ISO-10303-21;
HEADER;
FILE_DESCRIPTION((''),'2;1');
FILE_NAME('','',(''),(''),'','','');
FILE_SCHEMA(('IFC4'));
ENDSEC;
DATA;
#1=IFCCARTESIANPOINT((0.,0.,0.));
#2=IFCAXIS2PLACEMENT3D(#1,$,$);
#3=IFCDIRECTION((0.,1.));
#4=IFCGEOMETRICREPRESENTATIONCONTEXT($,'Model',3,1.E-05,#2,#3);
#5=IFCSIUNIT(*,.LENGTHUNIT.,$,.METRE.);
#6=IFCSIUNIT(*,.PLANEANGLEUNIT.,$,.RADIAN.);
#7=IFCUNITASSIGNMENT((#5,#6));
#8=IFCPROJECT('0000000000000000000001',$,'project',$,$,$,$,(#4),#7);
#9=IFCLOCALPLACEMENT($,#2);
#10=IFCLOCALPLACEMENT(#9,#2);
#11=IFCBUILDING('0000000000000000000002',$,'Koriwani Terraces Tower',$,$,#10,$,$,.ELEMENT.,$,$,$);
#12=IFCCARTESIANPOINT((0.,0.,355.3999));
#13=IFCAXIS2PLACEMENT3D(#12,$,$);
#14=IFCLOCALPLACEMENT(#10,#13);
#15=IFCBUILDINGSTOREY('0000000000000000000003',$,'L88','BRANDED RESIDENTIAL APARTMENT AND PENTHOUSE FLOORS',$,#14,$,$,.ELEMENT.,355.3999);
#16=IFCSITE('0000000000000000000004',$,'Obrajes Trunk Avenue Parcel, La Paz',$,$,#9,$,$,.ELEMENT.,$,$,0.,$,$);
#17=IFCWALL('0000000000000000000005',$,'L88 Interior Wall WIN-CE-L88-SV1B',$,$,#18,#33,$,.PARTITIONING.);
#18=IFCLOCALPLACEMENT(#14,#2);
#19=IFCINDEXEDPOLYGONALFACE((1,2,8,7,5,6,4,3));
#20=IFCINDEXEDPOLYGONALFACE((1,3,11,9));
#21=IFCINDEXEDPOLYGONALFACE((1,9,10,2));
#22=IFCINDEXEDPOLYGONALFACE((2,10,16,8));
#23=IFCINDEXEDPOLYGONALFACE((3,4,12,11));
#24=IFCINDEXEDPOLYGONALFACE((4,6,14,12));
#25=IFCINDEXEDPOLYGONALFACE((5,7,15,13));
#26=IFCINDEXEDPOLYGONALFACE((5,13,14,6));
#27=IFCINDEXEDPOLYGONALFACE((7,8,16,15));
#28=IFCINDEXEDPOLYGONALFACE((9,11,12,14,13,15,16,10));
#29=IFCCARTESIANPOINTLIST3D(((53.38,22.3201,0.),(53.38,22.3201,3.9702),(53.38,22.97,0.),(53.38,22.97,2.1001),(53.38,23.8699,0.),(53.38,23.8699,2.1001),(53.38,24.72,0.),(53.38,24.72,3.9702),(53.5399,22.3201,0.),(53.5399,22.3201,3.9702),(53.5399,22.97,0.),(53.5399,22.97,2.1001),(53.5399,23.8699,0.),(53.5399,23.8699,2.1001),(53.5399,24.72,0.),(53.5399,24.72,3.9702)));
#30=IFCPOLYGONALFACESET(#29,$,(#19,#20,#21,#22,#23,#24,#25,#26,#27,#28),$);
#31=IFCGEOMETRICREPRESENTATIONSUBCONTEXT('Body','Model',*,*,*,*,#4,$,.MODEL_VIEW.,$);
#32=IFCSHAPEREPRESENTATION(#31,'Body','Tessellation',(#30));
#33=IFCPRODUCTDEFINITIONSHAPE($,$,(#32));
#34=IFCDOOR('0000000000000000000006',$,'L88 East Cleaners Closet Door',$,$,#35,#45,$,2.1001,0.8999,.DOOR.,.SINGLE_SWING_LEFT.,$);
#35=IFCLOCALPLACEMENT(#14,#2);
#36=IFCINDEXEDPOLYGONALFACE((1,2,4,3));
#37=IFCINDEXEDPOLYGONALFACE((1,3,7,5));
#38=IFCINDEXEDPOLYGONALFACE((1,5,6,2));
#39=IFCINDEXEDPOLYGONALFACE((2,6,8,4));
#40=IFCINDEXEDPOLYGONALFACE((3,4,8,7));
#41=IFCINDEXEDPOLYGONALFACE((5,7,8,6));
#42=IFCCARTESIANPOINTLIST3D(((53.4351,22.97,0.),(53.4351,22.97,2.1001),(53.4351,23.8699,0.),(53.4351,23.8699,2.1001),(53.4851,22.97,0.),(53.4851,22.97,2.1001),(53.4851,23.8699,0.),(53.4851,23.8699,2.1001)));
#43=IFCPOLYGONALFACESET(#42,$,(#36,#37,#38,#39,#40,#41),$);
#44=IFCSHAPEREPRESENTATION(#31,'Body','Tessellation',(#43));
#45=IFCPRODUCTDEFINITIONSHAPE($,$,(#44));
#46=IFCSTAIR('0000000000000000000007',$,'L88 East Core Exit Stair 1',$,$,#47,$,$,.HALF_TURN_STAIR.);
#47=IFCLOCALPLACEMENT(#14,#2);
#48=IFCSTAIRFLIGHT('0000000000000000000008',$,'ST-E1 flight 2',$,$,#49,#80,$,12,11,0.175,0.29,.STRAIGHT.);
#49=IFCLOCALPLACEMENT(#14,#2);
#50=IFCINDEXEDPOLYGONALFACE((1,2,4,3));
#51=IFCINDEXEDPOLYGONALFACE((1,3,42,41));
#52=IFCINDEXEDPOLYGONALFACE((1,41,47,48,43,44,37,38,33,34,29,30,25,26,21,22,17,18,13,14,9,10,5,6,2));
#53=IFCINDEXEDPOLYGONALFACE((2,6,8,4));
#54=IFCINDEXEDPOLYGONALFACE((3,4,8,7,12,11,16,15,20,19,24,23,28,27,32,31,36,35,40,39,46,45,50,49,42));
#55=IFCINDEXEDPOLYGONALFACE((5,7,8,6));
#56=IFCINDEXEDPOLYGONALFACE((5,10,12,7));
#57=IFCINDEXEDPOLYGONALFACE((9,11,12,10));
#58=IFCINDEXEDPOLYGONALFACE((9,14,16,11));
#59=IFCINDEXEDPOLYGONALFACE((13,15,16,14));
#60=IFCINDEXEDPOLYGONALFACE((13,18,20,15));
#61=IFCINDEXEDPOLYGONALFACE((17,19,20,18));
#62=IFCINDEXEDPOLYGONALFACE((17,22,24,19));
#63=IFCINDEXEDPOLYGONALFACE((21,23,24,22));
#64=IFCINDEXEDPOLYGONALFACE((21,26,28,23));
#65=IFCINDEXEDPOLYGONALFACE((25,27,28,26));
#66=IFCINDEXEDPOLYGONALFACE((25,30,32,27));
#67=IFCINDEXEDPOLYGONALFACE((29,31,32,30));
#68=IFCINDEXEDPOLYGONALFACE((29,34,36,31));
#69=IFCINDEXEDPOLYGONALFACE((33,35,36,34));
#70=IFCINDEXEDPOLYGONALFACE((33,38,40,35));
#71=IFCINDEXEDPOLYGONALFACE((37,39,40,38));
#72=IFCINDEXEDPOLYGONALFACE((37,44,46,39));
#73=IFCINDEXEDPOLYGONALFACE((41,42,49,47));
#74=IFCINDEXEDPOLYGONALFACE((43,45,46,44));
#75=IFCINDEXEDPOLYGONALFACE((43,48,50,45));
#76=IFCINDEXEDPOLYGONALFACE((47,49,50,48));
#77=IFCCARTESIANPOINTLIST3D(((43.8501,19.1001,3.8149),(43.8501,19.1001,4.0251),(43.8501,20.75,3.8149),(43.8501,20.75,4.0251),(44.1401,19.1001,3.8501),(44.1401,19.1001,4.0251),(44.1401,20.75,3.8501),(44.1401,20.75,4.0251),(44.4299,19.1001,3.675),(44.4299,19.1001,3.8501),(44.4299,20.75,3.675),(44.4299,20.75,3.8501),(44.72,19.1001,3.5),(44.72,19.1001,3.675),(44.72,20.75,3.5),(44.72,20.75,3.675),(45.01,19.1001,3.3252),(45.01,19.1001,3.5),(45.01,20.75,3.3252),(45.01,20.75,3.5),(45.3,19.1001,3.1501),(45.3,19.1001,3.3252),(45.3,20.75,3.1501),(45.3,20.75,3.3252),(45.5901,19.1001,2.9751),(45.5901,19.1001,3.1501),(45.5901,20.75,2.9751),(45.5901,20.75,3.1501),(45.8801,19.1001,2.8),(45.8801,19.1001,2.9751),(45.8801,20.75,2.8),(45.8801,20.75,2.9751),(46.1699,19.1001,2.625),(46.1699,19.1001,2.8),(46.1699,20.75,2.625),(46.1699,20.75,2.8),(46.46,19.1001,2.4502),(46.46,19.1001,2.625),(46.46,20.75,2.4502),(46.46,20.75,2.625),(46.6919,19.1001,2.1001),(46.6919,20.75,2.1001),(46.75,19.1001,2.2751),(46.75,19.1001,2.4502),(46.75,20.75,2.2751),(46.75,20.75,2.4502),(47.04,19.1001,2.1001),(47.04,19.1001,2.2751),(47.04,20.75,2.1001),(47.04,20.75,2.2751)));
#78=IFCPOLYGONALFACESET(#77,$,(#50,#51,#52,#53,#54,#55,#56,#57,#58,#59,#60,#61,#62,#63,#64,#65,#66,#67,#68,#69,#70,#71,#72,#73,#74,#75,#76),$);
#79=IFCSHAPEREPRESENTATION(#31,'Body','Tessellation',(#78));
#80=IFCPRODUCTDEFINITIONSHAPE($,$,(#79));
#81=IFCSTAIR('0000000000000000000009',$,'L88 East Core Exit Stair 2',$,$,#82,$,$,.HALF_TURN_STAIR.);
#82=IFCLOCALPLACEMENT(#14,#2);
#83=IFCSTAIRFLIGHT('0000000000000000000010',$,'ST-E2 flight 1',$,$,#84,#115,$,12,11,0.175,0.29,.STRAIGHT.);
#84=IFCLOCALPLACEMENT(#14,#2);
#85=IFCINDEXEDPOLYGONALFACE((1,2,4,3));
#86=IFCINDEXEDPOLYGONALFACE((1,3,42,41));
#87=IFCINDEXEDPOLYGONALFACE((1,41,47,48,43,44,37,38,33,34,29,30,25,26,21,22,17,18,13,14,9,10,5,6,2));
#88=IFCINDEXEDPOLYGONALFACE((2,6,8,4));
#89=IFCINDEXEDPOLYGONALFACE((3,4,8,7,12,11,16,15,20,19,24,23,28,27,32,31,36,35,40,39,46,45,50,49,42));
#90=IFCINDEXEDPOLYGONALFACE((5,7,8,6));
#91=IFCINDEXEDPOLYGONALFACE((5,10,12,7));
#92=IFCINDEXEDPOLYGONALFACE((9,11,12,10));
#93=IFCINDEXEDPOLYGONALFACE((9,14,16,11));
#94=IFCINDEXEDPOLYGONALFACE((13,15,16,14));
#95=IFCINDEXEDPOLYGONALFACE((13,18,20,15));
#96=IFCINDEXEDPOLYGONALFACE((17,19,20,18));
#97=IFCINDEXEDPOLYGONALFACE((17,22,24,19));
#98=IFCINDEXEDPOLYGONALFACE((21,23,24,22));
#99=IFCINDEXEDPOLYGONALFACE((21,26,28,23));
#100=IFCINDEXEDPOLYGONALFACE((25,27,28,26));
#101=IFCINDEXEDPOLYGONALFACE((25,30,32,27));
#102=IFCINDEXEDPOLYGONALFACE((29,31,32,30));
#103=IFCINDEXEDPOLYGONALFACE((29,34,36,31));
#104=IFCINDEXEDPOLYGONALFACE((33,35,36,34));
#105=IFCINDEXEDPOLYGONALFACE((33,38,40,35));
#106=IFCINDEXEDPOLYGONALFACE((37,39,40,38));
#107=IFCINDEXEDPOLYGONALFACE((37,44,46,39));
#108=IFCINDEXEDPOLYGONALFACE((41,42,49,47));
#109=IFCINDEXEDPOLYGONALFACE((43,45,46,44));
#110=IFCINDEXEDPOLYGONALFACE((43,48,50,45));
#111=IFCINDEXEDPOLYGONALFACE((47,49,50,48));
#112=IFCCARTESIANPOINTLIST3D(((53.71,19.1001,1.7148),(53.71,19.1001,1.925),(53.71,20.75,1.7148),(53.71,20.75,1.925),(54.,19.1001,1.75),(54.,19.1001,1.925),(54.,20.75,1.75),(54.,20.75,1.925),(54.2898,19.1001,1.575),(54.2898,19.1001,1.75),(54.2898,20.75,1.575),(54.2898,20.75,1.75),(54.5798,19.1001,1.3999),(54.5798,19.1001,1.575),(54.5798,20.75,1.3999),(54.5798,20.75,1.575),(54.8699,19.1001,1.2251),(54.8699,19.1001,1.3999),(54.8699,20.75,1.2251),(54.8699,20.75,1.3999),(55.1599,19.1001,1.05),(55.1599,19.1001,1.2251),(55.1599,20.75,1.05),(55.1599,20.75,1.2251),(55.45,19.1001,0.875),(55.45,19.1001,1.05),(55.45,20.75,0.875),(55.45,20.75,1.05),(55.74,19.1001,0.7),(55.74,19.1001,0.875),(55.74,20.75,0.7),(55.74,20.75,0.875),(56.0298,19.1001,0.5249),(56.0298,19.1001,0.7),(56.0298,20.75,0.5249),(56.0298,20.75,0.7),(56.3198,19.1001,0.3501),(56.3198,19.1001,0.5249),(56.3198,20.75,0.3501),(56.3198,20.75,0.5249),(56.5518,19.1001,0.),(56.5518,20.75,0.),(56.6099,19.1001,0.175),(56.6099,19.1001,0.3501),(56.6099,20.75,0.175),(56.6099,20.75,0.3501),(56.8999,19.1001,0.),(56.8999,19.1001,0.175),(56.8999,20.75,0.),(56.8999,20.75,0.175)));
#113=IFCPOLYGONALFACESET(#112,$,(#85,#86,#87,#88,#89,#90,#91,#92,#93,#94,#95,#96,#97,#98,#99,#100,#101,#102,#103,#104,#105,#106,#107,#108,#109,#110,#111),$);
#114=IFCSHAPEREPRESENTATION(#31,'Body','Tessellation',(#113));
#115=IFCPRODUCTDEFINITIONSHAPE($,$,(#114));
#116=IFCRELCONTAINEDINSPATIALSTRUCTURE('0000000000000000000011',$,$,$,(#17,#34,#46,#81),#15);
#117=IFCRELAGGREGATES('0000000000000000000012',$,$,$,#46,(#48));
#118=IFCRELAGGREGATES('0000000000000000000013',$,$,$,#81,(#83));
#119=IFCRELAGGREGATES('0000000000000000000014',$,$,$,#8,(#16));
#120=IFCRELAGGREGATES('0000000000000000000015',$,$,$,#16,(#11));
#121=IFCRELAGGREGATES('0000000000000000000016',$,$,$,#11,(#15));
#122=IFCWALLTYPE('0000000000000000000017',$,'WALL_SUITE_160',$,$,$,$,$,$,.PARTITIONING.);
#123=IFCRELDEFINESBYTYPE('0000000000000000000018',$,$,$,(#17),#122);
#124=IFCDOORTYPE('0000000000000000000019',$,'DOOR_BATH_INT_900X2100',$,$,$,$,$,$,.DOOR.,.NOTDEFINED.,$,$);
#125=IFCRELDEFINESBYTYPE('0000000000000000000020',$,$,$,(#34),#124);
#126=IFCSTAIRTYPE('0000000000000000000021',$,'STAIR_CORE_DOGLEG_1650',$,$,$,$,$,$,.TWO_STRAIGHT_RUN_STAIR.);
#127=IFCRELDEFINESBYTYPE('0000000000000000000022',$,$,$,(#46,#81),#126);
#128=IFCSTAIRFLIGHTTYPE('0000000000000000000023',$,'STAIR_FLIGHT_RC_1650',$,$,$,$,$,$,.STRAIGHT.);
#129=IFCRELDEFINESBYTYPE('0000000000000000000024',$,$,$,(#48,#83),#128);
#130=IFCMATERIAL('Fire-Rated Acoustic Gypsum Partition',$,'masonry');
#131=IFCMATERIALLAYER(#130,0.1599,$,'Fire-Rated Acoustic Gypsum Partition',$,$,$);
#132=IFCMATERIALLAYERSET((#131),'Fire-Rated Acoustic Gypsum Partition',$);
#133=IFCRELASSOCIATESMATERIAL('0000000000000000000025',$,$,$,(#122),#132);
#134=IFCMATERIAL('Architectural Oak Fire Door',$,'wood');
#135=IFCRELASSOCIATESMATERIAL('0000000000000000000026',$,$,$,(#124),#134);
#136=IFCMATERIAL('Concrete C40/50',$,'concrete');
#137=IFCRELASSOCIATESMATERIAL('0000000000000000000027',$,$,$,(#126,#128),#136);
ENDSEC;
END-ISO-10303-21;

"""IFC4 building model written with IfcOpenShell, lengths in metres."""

from ifc_helpers import new_model, si_unit, direction, frame, frame_2d, origin, place, context, subcontext, project, spatial, polyline, rectangle, outline, extrude, material, layer, layer_set, type_object, element, fill, aggregate, save


model = new_model("IFC4")

# Units and contexts
model_context = context("Model", 3, precision=1e-05, world=origin(), true_north=direction((0.0, 1.0)))
body_context = subcontext(model_context, "Body", "Model", "MODEL_VIEW")
ifc_project = project(units=[si_unit("LENGTHUNIT", "METRE"), si_unit("PLANEANGLEUNIT", "RADIAN")], contexts=[model_context])

# Site, building, storey
site_placement = place(None, origin())
site = spatial("IfcSite", under=ifc_project, at=site_placement, Name="Obrajes Trunk Avenue Parcel, La Paz", CompositionType="ELEMENT", RefElevation=0.0)
building_placement = place(site_placement, origin())
building = spatial("IfcBuilding", under=site, at=building_placement, Name="Koriwani Terraces Tower", CompositionType="ELEMENT")
storey_placement = place(building_placement, frame((0.0, 0.0, 355.3999)))
storey = spatial("IfcBuildingStorey", under=building, at=storey_placement, Name="L88", Description="BRANDED RESIDENTIAL APARTMENT AND PENTHOUSE FLOORS", CompositionType="ELEMENT", Elevation=355.3999)

# Shared definitions
ifc_material_1 = material(Name="Concrete C40/50", Category="concrete")

# Wall, opening, door
ifc_material_2 = material(Name="Fire-Rated Acoustic Gypsum Partition", Category="masonry")
ifc_layer_1 = layer(ifc_material_2, 0.1599, Name="Fire-Rated Acoustic Gypsum Partition")
ifc_layer_set_1 = layer_set([ifc_layer_1], Name="Fire-Rated Acoustic Gypsum Partition")
wall_type_1 = type_object("IfcWallType", Name="WALL_SUITE_160", PredefinedType="PARTITIONING", material=ifc_layer_set_1)
ifc_material_3 = material(Name="Architectural Oak Fire Door", Category="wood")
door_type_1 = type_object("IfcDoorType", Name="DOOR_BATH_INT_900X2100", OperationType="NOTDEFINED", PredefinedType="DOOR", material=ifc_material_3)
wall_1_placement = place(storey_placement, frame((53.46, 22.3201, 0.0), z_axis=(0.0, 0.0, 1.0), x_axis=(0.0, 1.0, 0.0)))
wall_1 = element("IfcWall", 1, at=wall_1_placement, inside=storey, type_object=wall_type_1, Name="L88 Interior Wall WIN-CE-L88-SV1B", PredefinedType="PARTITIONING", context=body_context, shape_type="SweptSolid", body=[
    extrude(rectangle(XDim=2.3999, YDim=0.1599, at=frame_2d((1.2, 0.0))), origin(), (0.0, 0.0, 1.0), 3.9702),
])
opening_1_placement = place(wall_1_placement, frame((0.6499, 0.0, 0.0)))
opening_1 = element("IfcOpeningElement", 2, at=opening_1_placement, cuts=wall_1, PredefinedType="OPENING", context=body_context, shape_type="SweptSolid", body=[
    extrude(rectangle(XDim=0.8999, YDim=2.1001, at=frame_2d((0.45, 1.05))), frame((0.0, 0.0898, 0.0), z_axis=(0.0, -1.0, 0.0), x_axis=(1.0, 0.0, 0.0)), (0.0, 0.0, 1.0), 0.1799),
])
door_1_placement = place(opening_1_placement, origin())
door_1 = element("IfcDoor", 3, at=door_1_placement, inside=storey, type_object=door_type_1, Name="L88 East Cleaners Closet Door", OperationType="SINGLE_SWING_LEFT", OverallHeight=2.1001, OverallWidth=0.8999, PredefinedType="DOOR", context=body_context, shape_type="SweptSolid", body=[
    extrude(rectangle(XDim=0.8999, YDim=2.1001, at=frame_2d((0.45, 1.05))), frame((0.0, 0.0249, 0.0), z_axis=(0.0, -1.0, 0.0), x_axis=(1.0, 0.0, 0.0)), (0.0, 0.0, 1.0), 0.05),
])
fill(opening_1, door_1)

# Stairs, stair flights
stair_type = type_object("IfcStairType", Name="STAIR_CORE_DOGLEG_1650", PredefinedType="TWO_STRAIGHT_RUN_STAIR", material=ifc_material_1)
stair_1_placement = place(storey_placement, origin())
stair_1 = element("IfcStair", 4, at=stair_1_placement, inside=storey, type_object=stair_type, Name="L88 East Core Exit Stair 1", PredefinedType="HALF_TURN_STAIR")
stair_flight_type = type_object("IfcStairFlightType", Name="STAIR_FLIGHT_RC_1650", PredefinedType="STRAIGHT", material=ifc_material_1)
stair_flight_1_placement = place(storey_placement, frame((47.04, 19.925, 2.1001), z_axis=(0.0, 0.0, 1.0), x_axis=(-1.0, 0.0, 0.0)))
stair_flight_1 = element("IfcStairFlight", 5, at=stair_flight_1_placement, type_object=stair_flight_type, Name="ST-E1 flight 2", NumberOfRisers=12, NumberOfTreads=11, PredefinedType="STRAIGHT", RiserHeight=0.175, TreadLength=0.29, context=body_context, shape_type="SweptSolid", body=[
    extrude(outline(polyline([(0.0, 0.0), (0.0, 0.175), (0.29, 0.175), (0.29, 0.3501), (0.5801, 0.3501), (0.5801, 0.5249), (0.8701, 0.5249), (0.8701, 0.7), (1.1599, 0.7), (1.1599, 0.875), (1.45, 0.875), (1.45, 1.05), (1.74, 1.05), (1.74, 1.2251), (2.03, 1.2251), (2.03, 1.3999), (2.3201, 1.3999), (2.3201, 1.575), (2.6101, 1.575), (2.6101, 1.75), (2.8999, 1.75), (2.8999, 1.925), (3.1899, 1.925), (3.1899, 2.1001), (3.1899, 1.7148), (0.3481, 0.0), (0.0, 0.0)])), frame((0.0, 0.825, 0.0), z_axis=(0.0, -1.0, 0.0), x_axis=(1.0, 0.0, 0.0)), (0.0, 0.0, 1.0), 1.6499),
])
aggregate(stair_1, [stair_flight_1])
stair_2_placement = place(storey_placement, origin())
stair_2 = element("IfcStair", 6, at=stair_2_placement, inside=storey, type_object=stair_type, Name="L88 East Core Exit Stair 2", PredefinedType="HALF_TURN_STAIR")
stair_flight_2_placement = place(storey_placement, frame((56.8999, 19.925, 0.0), z_axis=(0.0, 0.0, 1.0), x_axis=(-1.0, 0.0, 0.0)))
stair_flight_2 = element("IfcStairFlight", 7, at=stair_flight_2_placement, type_object=stair_flight_type, Name="ST-E2 flight 1", NumberOfRisers=12, NumberOfTreads=11, PredefinedType="STRAIGHT", RiserHeight=0.175, TreadLength=0.29, context=body_context, shape_type="SweptSolid", body=[
    extrude(outline(polyline([(0.0, 0.0), (0.0, 0.175), (0.29, 0.175), (0.29, 0.3501), (0.5801, 0.3501), (0.5801, 0.5249), (0.8701, 0.5249), (0.8701, 0.7), (1.1599, 0.7), (1.1599, 0.875), (1.45, 0.875), (1.45, 1.05), (1.74, 1.05), (1.74, 1.2251), (2.03, 1.2251), (2.03, 1.3999), (2.3201, 1.3999), (2.3201, 1.575), (2.6101, 1.575), (2.6101, 1.75), (2.8999, 1.75), (2.8999, 1.925), (3.1899, 1.925), (3.1899, 2.1001), (3.1899, 1.7148), (0.3481, 0.0), (0.0, 0.0)])), frame((0.0, 0.825, 0.0), z_axis=(0.0, -1.0, 0.0), x_axis=(1.0, 0.0, 0.0)), (0.0, 0.0, 1.0), 1.6499),
])
aggregate(stair_2, [stair_flight_2])

save(model, "model.ifc")
